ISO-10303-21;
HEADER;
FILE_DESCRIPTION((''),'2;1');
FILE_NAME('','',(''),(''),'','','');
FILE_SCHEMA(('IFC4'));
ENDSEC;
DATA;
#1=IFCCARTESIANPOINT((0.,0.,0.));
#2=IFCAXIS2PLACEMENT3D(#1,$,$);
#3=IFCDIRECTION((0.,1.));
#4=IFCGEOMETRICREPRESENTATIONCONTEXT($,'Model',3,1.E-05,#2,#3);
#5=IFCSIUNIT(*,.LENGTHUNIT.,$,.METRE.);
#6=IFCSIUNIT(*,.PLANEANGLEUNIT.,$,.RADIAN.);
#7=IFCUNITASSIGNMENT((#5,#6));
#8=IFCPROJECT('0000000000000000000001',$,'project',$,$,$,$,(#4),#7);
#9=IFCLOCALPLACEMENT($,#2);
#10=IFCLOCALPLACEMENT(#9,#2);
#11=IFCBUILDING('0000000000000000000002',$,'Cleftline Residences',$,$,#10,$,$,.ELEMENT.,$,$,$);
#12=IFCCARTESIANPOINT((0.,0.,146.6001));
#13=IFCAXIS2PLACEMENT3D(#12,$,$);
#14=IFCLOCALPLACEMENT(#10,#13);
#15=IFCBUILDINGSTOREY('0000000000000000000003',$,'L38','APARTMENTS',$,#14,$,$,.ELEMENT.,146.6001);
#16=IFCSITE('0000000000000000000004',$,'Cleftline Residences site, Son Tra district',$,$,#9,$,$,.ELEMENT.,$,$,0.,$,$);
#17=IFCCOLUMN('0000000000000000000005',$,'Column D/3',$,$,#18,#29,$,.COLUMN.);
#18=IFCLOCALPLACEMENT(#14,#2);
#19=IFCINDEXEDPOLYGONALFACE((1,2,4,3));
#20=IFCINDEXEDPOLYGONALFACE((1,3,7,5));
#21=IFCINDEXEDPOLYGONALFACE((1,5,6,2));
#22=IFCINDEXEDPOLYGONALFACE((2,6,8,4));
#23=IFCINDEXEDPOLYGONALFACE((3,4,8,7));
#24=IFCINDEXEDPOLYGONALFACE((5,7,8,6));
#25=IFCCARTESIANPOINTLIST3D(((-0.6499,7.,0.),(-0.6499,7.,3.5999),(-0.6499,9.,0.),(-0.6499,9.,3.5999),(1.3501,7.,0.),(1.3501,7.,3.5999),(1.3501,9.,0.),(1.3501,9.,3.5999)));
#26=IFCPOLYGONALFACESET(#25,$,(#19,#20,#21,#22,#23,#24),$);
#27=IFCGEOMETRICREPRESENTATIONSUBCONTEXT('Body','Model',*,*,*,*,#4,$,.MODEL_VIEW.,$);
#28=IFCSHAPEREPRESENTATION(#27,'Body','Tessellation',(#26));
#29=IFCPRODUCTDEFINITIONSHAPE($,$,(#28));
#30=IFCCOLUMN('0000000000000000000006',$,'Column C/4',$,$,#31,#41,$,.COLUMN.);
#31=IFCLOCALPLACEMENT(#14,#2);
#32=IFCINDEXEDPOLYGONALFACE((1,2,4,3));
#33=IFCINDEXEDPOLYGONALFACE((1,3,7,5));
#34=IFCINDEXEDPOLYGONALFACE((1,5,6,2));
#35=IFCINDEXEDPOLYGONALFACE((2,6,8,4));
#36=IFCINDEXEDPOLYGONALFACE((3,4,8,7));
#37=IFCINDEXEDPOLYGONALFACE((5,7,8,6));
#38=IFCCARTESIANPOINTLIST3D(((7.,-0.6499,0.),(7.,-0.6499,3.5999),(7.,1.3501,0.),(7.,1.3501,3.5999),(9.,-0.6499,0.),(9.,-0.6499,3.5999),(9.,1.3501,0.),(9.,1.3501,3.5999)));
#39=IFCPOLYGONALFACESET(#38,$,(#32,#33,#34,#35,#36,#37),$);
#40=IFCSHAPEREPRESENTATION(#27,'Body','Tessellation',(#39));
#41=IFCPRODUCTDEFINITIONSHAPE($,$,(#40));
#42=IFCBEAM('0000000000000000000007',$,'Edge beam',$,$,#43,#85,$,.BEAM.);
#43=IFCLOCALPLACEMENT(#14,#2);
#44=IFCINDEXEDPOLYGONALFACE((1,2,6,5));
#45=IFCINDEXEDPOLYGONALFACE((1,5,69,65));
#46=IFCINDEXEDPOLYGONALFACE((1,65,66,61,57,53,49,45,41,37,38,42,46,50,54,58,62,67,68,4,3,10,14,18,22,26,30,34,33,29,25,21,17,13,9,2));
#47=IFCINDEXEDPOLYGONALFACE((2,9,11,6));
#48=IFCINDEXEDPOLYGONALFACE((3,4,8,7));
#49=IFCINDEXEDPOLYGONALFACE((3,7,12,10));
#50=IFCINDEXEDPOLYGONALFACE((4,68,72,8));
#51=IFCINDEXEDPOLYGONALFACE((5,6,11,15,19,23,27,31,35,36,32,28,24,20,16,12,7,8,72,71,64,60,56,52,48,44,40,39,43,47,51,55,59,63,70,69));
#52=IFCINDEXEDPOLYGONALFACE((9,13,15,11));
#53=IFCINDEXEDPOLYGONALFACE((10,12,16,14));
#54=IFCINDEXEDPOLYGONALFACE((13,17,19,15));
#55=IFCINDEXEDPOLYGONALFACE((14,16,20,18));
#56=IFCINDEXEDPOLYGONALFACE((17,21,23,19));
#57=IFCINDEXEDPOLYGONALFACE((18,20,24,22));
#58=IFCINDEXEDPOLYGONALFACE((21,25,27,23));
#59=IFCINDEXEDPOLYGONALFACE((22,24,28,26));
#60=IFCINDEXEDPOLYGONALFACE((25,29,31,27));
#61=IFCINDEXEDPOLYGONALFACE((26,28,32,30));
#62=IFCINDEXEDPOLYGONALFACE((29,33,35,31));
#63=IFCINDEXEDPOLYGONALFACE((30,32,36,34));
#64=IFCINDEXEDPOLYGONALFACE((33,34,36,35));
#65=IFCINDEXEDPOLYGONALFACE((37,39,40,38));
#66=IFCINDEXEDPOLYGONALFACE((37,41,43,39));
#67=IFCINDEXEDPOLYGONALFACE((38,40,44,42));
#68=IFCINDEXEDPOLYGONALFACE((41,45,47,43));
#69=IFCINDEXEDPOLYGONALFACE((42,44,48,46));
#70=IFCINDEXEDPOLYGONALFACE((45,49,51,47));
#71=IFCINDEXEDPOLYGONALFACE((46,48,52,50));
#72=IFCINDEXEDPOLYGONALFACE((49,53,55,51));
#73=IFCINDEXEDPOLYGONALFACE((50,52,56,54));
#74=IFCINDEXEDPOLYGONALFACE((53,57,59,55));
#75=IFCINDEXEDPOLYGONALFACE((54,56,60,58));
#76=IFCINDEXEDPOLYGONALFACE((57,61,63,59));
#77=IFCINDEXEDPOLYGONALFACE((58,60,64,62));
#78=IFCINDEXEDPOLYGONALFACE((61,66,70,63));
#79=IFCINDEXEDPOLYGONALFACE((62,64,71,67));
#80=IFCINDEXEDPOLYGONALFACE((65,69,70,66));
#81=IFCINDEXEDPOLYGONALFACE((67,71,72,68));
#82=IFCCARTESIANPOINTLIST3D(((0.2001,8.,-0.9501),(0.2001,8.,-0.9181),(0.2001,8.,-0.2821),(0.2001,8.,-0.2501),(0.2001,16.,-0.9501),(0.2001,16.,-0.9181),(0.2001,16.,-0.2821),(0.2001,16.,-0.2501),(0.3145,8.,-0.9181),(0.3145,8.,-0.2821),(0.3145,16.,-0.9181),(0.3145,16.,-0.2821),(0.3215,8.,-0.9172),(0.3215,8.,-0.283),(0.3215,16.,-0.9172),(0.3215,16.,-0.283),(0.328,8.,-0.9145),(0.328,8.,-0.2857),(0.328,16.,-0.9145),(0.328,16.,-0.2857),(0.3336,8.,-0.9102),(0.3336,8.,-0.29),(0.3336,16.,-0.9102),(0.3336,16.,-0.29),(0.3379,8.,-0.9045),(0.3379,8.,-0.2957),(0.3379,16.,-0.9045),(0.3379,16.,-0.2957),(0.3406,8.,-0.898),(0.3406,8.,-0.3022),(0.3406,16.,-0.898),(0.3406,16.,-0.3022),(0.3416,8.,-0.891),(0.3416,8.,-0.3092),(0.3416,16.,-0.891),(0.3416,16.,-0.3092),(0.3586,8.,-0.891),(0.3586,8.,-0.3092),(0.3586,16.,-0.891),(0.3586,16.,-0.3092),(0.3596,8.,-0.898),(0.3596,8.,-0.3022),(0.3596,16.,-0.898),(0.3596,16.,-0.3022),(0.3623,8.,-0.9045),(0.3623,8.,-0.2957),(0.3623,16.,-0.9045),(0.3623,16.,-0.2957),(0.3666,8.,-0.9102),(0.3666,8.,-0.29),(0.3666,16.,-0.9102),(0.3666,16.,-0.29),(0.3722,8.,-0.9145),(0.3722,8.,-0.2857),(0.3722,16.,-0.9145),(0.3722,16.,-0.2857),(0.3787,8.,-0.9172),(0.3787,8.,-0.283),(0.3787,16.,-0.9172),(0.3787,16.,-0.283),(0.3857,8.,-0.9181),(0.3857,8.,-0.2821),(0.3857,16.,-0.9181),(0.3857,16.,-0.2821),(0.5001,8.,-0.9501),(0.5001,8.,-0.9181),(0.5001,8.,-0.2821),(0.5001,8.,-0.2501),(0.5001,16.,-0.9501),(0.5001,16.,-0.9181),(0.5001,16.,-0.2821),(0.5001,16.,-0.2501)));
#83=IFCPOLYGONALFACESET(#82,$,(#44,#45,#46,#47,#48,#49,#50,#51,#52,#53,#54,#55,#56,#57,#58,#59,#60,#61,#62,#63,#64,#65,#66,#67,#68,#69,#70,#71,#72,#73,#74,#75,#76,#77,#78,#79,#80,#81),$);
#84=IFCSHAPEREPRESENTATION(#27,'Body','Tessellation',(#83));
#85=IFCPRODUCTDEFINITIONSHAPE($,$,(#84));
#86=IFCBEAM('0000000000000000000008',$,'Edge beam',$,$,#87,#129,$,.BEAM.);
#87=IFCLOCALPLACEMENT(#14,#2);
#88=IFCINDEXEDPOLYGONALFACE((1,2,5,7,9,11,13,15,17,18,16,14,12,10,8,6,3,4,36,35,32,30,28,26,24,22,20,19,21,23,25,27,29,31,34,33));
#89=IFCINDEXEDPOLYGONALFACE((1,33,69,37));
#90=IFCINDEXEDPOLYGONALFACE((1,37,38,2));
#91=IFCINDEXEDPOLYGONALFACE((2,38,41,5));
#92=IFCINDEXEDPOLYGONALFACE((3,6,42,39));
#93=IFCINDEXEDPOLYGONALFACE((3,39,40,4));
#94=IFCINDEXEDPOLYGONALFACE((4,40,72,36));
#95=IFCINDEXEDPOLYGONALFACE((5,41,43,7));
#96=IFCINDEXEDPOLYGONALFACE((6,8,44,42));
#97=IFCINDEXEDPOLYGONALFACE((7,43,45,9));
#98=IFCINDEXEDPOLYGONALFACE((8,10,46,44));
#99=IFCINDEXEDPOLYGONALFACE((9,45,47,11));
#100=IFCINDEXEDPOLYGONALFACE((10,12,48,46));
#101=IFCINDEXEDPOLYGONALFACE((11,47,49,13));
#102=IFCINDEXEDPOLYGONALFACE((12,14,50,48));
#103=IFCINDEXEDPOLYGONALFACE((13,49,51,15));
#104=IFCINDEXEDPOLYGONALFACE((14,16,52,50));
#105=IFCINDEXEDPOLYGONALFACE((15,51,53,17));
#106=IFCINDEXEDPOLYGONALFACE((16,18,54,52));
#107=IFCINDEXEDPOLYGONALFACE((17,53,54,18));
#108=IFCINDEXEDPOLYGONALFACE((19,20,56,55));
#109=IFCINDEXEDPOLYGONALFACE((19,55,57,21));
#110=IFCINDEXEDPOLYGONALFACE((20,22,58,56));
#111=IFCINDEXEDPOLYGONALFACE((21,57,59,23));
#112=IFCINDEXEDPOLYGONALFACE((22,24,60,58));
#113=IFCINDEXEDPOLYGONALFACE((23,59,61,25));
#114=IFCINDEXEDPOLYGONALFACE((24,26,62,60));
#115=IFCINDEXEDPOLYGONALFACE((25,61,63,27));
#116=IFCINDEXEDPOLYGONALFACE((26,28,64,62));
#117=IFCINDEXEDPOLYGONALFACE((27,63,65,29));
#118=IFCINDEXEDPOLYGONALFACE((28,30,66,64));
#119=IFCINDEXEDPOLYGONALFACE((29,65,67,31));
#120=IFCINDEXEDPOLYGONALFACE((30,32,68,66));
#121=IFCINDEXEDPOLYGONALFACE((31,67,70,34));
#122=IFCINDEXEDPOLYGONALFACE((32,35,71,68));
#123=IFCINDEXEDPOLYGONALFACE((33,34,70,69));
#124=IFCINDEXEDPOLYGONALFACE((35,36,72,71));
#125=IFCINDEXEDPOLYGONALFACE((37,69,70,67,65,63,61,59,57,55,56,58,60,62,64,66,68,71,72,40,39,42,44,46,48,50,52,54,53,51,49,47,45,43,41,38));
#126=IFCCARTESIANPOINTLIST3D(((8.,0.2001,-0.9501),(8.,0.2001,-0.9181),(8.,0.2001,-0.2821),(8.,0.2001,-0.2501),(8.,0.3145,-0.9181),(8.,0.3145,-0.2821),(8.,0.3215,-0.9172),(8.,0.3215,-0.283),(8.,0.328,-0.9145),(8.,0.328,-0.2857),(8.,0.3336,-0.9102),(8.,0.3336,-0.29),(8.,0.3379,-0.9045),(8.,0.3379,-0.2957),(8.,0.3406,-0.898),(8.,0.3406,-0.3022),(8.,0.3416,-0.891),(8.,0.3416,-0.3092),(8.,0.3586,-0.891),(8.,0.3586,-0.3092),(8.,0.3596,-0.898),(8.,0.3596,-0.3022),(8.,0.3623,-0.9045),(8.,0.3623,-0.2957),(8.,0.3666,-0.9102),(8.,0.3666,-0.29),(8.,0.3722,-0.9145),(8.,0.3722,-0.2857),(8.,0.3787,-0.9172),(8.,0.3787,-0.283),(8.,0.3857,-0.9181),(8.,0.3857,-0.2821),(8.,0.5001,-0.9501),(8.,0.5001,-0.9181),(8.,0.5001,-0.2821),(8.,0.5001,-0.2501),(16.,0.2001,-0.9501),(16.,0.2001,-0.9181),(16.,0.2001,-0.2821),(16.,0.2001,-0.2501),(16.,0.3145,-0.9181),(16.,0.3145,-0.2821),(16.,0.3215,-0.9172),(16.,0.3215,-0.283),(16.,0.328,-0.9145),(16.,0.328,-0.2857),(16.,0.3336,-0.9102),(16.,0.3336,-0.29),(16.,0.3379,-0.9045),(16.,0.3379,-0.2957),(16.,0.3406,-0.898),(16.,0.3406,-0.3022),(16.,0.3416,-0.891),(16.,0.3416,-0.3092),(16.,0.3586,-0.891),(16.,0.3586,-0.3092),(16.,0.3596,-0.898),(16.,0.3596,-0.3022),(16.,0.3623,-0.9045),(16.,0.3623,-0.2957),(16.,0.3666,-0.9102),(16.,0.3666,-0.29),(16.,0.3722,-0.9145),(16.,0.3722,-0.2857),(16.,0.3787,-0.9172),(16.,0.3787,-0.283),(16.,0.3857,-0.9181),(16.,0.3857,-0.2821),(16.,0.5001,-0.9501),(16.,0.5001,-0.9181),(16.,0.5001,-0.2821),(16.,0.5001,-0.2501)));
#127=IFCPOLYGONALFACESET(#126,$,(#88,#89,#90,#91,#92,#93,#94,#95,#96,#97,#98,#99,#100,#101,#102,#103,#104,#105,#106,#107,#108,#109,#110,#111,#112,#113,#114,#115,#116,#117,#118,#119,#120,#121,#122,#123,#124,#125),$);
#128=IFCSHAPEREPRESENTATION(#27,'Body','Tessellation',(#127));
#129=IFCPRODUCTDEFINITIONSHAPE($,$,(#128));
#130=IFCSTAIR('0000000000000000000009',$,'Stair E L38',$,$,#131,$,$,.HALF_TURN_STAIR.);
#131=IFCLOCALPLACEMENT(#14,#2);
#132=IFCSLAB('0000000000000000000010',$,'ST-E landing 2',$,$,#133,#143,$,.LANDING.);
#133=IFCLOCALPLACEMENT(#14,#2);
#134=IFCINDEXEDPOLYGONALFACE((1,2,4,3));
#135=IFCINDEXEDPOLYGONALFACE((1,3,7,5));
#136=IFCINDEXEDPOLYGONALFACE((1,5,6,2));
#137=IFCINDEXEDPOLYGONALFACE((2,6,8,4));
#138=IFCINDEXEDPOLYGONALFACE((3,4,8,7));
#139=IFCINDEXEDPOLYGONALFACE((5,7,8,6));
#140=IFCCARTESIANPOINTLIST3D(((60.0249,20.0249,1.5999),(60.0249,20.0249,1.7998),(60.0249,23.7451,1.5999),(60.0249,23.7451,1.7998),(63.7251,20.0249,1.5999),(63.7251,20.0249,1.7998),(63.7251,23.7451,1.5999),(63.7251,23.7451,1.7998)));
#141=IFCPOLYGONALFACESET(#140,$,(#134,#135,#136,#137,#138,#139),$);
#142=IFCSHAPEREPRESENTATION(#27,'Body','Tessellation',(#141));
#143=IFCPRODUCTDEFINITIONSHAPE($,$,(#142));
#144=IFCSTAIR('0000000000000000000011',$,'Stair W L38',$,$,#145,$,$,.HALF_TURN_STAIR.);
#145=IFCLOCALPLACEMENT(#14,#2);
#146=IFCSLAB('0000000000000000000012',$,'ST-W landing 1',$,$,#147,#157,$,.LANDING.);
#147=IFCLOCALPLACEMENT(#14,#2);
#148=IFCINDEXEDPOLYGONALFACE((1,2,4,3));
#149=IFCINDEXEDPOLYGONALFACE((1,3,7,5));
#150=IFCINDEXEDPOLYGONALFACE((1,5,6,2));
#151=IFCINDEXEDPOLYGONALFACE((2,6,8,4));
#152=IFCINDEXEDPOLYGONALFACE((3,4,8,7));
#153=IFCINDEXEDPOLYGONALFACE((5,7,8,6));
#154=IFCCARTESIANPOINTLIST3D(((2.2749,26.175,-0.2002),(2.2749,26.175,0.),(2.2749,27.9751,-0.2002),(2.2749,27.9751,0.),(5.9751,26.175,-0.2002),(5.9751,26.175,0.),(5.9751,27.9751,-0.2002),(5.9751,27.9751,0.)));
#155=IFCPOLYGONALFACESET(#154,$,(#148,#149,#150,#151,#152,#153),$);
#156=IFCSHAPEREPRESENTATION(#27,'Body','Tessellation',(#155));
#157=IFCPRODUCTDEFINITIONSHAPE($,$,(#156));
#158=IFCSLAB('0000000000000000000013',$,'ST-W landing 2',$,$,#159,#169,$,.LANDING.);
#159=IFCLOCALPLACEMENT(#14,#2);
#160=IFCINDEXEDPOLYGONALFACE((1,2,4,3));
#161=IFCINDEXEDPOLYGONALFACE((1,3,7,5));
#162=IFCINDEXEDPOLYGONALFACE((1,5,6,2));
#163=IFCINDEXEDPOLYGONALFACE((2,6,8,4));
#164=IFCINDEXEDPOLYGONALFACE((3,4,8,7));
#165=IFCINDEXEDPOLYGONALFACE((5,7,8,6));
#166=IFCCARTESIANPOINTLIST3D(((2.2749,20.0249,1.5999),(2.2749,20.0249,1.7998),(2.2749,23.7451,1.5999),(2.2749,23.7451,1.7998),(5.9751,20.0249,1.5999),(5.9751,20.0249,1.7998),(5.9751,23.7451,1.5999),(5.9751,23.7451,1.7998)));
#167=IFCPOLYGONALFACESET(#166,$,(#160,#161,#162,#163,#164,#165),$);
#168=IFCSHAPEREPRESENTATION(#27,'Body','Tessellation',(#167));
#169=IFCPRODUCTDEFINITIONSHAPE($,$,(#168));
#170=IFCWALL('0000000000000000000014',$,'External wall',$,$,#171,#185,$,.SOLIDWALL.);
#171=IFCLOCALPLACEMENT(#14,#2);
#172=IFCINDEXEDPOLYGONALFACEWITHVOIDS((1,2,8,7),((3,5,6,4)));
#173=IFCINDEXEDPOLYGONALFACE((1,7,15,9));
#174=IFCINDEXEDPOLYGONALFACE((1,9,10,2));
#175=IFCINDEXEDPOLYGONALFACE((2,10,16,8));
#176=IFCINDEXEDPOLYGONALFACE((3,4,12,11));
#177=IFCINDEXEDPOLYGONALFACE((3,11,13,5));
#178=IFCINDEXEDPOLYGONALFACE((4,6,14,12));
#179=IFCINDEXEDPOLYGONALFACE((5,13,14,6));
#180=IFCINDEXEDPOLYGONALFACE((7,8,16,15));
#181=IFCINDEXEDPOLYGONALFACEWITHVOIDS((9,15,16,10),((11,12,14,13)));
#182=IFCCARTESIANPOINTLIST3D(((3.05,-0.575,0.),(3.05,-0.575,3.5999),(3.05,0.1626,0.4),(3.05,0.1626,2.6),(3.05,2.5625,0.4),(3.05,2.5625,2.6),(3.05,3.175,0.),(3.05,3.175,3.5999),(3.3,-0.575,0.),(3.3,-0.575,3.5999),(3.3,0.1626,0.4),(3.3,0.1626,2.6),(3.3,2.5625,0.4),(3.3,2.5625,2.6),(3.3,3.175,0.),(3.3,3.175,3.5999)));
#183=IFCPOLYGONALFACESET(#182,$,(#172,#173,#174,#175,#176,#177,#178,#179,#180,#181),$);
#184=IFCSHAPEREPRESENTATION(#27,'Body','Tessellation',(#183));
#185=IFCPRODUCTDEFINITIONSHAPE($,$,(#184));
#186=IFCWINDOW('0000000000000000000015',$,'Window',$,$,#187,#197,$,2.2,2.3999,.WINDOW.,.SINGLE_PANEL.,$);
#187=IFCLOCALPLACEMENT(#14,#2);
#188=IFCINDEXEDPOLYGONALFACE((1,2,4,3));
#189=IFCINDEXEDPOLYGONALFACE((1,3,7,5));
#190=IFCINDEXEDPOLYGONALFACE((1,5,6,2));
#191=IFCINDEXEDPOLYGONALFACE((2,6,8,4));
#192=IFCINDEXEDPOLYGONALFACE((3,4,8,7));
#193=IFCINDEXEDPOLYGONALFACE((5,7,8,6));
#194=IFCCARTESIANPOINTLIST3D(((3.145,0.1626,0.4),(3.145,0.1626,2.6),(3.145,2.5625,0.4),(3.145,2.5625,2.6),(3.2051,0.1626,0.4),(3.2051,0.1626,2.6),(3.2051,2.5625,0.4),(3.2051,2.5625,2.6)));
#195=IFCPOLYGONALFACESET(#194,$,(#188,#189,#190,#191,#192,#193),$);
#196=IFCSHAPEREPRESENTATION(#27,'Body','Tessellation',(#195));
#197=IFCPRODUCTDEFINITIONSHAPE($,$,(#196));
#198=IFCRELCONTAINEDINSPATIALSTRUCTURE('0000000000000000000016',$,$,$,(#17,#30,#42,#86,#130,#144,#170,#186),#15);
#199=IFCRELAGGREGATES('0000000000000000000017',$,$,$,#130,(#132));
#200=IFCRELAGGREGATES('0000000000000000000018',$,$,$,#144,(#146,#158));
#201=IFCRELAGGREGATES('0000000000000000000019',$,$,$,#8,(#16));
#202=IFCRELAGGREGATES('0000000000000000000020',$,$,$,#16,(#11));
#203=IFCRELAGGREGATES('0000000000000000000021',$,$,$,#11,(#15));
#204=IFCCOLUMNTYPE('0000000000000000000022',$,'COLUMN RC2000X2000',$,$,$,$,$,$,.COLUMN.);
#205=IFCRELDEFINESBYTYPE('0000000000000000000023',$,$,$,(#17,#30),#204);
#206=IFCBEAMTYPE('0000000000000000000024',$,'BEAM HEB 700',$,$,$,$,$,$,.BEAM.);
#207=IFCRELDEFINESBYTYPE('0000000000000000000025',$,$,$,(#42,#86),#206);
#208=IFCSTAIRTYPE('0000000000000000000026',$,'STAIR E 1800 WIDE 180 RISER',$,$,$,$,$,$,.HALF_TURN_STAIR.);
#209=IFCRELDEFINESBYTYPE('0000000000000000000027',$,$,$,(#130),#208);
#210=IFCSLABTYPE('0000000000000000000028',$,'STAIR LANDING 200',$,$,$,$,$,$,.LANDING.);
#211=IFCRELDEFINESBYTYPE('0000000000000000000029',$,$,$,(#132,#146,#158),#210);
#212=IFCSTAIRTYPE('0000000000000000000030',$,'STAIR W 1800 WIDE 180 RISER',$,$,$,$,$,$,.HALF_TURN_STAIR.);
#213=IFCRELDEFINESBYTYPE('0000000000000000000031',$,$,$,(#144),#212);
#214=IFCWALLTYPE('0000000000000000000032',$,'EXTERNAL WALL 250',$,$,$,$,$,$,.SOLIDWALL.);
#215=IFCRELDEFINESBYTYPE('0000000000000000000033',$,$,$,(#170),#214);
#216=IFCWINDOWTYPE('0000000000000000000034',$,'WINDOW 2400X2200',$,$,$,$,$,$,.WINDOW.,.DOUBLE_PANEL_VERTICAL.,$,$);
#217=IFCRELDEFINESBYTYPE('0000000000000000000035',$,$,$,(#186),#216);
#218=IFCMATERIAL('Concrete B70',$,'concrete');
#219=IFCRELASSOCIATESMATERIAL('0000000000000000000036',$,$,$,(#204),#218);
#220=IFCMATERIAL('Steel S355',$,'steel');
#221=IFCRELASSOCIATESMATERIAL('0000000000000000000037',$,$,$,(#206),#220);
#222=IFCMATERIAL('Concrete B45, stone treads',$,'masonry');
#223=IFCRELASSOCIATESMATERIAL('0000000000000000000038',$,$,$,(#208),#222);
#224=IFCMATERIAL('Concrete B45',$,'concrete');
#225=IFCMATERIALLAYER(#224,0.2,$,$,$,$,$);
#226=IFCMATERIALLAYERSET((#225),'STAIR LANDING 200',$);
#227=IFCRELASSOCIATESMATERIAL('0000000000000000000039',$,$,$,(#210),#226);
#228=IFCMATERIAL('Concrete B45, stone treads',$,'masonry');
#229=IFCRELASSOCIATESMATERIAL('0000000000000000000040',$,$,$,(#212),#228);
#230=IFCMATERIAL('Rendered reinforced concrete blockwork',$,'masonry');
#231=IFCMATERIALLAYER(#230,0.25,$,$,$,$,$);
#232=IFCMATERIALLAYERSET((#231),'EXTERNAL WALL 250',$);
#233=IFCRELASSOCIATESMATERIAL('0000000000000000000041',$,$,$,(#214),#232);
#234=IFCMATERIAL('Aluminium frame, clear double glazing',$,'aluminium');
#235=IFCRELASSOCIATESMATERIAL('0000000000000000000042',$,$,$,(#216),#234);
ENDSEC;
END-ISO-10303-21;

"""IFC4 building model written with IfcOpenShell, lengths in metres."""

from ifc_helpers import new_model, si_unit, direction, frame, frame_2d, origin, origin_2d, place, context, subcontext, project, spatial, polyline, rectangle, i_section, outline, extrude, material, layer, layer_set, material_profile, profile_set, type_object, element, fill, aggregate, save


model = new_model("IFC4")

# Units and contexts
model_context = context("Model", 3, precision=1e-05, world=origin(), true_north=direction((0.0, 1.0)))
body_context = subcontext(model_context, "Body", "Model", "MODEL_VIEW")
ifc_project = project(units=[si_unit("LENGTHUNIT", "METRE"), si_unit("PLANEANGLEUNIT", "RADIAN")], contexts=[model_context])

# Site, building, storey
site_placement = place(None, origin())
site = spatial("IfcSite", under=ifc_project, at=site_placement, Name="Cleftline Residences site, Son Tra district", CompositionType="ELEMENT", RefElevation=0.0)
building_placement = place(site_placement, origin())
building = spatial("IfcBuilding", under=site, at=building_placement, Name="Cleftline Residences", CompositionType="ELEMENT")
storey_placement = place(building_placement, frame((0.0, 0.0, 146.6001)))
storey = spatial("IfcBuildingStorey", under=building, at=storey_placement, Name="L38", Description="APARTMENTS", CompositionType="ELEMENT", Elevation=146.6001)

# Columns
ifc_material_1 = material(Name="Concrete B70", Category="concrete")
ifc_material_profile_1 = material_profile(ifc_material_1, rectangle(XDim=2.0, YDim=2.0, at=origin_2d()))
ifc_profile_set_1 = profile_set([ifc_material_profile_1], Name="Concrete B70")
column_type = type_object("IfcColumnType", Name="COLUMN RC2000X2000", PredefinedType="COLUMN", material=ifc_profile_set_1)
for number, where, z_axis, x_axis, name in (
    (1, (0.3501, 8.0, 0.0), (0.0, 0.0, 1.0), (1.0, 0.0, 0.0), "Column D/3"),
    (2, (8.0, 0.3501, 0.0), (0.0, 0.0, 1.0), (1.0, 0.0, 0.0), "Column C/4"),
):
    element("IfcColumn", number, at=place(storey_placement, frame(where, z_axis=z_axis, x_axis=x_axis)), inside=storey, type_object=column_type, Name=name, PredefinedType="COLUMN", context=body_context, shape_type="SweptSolid", body=[
        extrude(rectangle(XDim=2.0, YDim=2.0, at=origin_2d()), origin(), (0.0, 0.0, 1.0), 3.5999),
    ])

# Beams
ifc_material_2 = material(Name="Steel S355", Category="steel")
ifc_material_profile_2 = material_profile(ifc_material_2, i_section(OverallWidth=0.3, OverallDepth=0.7, WebThickness=0.0171, FlangeThickness=0.032, FilletRadius=0.0271, at=origin_2d()))
ifc_profile_set_2 = profile_set([ifc_material_profile_2], Name="Steel S355")
beam_type = type_object("IfcBeamType", Name="BEAM HEB 700", PredefinedType="BEAM", material=ifc_profile_set_2)
for number, where, z_axis, x_axis, name in (
    (3, (0.3501, 8.0, -0.6001), (0.0, 1.0, 0.0), (-1.0, 0.0, 0.0), "Edge beam"),
    (4, (8.0, 0.3501, -0.6001), (1.0, 0.0, 0.0), (0.0, 1.0, 0.0), "Edge beam"),
):
    element("IfcBeam", number, at=place(storey_placement, frame(where, z_axis=z_axis, x_axis=x_axis)), inside=storey, type_object=beam_type, Name=name, PredefinedType="BEAM", context=body_context, shape_type="SweptSolid", body=[
        extrude(i_section(OverallWidth=0.3, OverallDepth=0.7, WebThickness=0.0171, FlangeThickness=0.032, FilletRadius=0.0271, at=origin_2d()), origin(), (0.0, 0.0, 1.0), 8.0),
    ])

# Stair, slab
ifc_material_3 = material(Name="Concrete B45, stone treads", Category="masonry")
stair_type_1 = type_object("IfcStairType", Name="STAIR E 1800 WIDE 180 RISER", PredefinedType="HALF_TURN_STAIR", material=ifc_material_3)
stair_1_placement = place(storey_placement, origin())
stair_1 = element("IfcStair", 5, at=stair_1_placement, inside=storey, type_object=stair_type_1, Name="Stair E L38", PredefinedType="HALF_TURN_STAIR")
ifc_material_4 = material(Name="Concrete B45", Category="concrete")
ifc_layer_1 = layer(ifc_material_4, 0.2)
ifc_layer_set_1 = layer_set([ifc_layer_1], Name="STAIR LANDING 200")
slab_type = type_object("IfcSlabType", Name="STAIR LANDING 200", PredefinedType="LANDING", material=ifc_layer_set_1)
slab_1_placement = place(storey_placement, frame((0.0, 0.0, 1.5999)))
slab_1 = element("IfcSlab", 6, at=slab_1_placement, type_object=slab_type, Name="ST-E landing 2", PredefinedType="LANDING", context=body_context, shape_type="SweptSolid", body=[
    extrude(outline(polyline([(60.0249, 20.0249), (63.7251, 20.0249), (63.7251, 23.7451), (60.0249, 23.7451), (60.0249, 20.0249)])), origin(), (0.0, 0.0, 1.0), 0.2),
])
aggregate(stair_1, [slab_1])

# Stair, slabs
ifc_material_5 = material(Name="Concrete B45, stone treads", Category="masonry")
stair_type_2 = type_object("IfcStairType", Name="STAIR W 1800 WIDE 180 RISER", PredefinedType="HALF_TURN_STAIR", material=ifc_material_5)
stair_2_placement = place(storey_placement, origin())
stair_2 = element("IfcStair", 7, at=stair_2_placement, inside=storey, type_object=stair_type_2, Name="Stair W L38", PredefinedType="HALF_TURN_STAIR")
slab_2_placement = place(storey_placement, frame((0.0, 0.0, -0.2002)))
slab_2 = element("IfcSlab", 8, at=slab_2_placement, type_object=slab_type, Name="ST-W landing 1", PredefinedType="LANDING", context=body_context, shape_type="SweptSolid", body=[
    extrude(outline(polyline([(2.2749, 26.175), (5.9751, 26.175), (5.9751, 27.9751), (2.2749, 27.9751), (2.2749, 26.175)])), origin(), (0.0, 0.0, 1.0), 0.2002),
])
slab_3_placement = place(storey_placement, frame((0.0, 0.0, 1.5999)))
slab_3 = element("IfcSlab", 9, at=slab_3_placement, type_object=slab_type, Name="ST-W landing 2", PredefinedType="LANDING", context=body_context, shape_type="SweptSolid", body=[
    extrude(outline(polyline([(2.2749, 20.0249), (5.9751, 20.0249), (5.9751, 23.7451), (2.2749, 23.7451), (2.2749, 20.0249)])), origin(), (0.0, 0.0, 1.0), 0.2),
])
aggregate(stair_2, [slab_2, slab_3])

# Wall, opening, window
ifc_material_6 = material(Name="Rendered reinforced concrete blockwork", Category="masonry")
ifc_layer_2 = layer(ifc_material_6, 0.25)
ifc_layer_set_2 = layer_set([ifc_layer_2], Name="EXTERNAL WALL 250")
wall_type_1 = type_object("IfcWallType", Name="EXTERNAL WALL 250", PredefinedType="SOLIDWALL", material=ifc_layer_set_2)
wall_1_placement = place(storey_placement, frame((3.175, 3.175, 0.0), z_axis=(0.0, 0.0, 1.0), x_axis=(0.0, -1.0, 0.0)))
wall_1 = element("IfcWall", 10, at=wall_1_placement, inside=storey, type_object=wall_type_1, Name="External wall", PredefinedType="SOLIDWALL", context=body_context, shape_type="SweptSolid", body=[
    extrude(rectangle(XDim=3.75, YDim=0.25, at=frame_2d((1.875, 0.0))), origin(), (0.0, 0.0, 1.0), 3.5999),
])
opening_1_placement = place(wall_1_placement, frame((0.6125, 0.0, 0.3999)))
opening_1 = element("IfcOpeningElement", 11, at=opening_1_placement, cuts=wall_1, PredefinedType="OPENING", context=body_context, shape_type="SweptSolid", body=[
    extrude(rectangle(XDim=2.3999, YDim=2.2, at=frame_2d((1.2, 1.1001))), frame((0.0, 0.135, 0.0), z_axis=(0.0, -1.0, 0.0), x_axis=(1.0, 0.0, 0.0)), (0.0, 0.0, 1.0), 0.27),
])
ifc_material_7 = material(Name="Aluminium frame, clear double glazing", Category="aluminium")
window_type_1 = type_object("IfcWindowType", Name="WINDOW 2400X2200", PartitioningType="DOUBLE_PANEL_VERTICAL", PredefinedType="WINDOW", material=ifc_material_7)
window_1_placement = place(opening_1_placement, origin())
window_1 = element("IfcWindow", 12, at=window_1_placement, inside=storey, type_object=window_type_1, Name="Window", OverallHeight=2.2, OverallWidth=2.3999, PartitioningType="SINGLE_PANEL", PredefinedType="WINDOW", context=body_context, shape_type="SweptSolid", body=[
    extrude(rectangle(XDim=2.3999, YDim=2.2, at=frame_2d((1.2, 1.1001))), frame((0.0, 0.03, 0.0), z_axis=(0.0, -1.0, 0.0), x_axis=(1.0, 0.0, 0.0)), (0.0, 0.0, 1.0), 0.0601),
])
fill(opening_1, window_1)

save(model, "model.ifc")
